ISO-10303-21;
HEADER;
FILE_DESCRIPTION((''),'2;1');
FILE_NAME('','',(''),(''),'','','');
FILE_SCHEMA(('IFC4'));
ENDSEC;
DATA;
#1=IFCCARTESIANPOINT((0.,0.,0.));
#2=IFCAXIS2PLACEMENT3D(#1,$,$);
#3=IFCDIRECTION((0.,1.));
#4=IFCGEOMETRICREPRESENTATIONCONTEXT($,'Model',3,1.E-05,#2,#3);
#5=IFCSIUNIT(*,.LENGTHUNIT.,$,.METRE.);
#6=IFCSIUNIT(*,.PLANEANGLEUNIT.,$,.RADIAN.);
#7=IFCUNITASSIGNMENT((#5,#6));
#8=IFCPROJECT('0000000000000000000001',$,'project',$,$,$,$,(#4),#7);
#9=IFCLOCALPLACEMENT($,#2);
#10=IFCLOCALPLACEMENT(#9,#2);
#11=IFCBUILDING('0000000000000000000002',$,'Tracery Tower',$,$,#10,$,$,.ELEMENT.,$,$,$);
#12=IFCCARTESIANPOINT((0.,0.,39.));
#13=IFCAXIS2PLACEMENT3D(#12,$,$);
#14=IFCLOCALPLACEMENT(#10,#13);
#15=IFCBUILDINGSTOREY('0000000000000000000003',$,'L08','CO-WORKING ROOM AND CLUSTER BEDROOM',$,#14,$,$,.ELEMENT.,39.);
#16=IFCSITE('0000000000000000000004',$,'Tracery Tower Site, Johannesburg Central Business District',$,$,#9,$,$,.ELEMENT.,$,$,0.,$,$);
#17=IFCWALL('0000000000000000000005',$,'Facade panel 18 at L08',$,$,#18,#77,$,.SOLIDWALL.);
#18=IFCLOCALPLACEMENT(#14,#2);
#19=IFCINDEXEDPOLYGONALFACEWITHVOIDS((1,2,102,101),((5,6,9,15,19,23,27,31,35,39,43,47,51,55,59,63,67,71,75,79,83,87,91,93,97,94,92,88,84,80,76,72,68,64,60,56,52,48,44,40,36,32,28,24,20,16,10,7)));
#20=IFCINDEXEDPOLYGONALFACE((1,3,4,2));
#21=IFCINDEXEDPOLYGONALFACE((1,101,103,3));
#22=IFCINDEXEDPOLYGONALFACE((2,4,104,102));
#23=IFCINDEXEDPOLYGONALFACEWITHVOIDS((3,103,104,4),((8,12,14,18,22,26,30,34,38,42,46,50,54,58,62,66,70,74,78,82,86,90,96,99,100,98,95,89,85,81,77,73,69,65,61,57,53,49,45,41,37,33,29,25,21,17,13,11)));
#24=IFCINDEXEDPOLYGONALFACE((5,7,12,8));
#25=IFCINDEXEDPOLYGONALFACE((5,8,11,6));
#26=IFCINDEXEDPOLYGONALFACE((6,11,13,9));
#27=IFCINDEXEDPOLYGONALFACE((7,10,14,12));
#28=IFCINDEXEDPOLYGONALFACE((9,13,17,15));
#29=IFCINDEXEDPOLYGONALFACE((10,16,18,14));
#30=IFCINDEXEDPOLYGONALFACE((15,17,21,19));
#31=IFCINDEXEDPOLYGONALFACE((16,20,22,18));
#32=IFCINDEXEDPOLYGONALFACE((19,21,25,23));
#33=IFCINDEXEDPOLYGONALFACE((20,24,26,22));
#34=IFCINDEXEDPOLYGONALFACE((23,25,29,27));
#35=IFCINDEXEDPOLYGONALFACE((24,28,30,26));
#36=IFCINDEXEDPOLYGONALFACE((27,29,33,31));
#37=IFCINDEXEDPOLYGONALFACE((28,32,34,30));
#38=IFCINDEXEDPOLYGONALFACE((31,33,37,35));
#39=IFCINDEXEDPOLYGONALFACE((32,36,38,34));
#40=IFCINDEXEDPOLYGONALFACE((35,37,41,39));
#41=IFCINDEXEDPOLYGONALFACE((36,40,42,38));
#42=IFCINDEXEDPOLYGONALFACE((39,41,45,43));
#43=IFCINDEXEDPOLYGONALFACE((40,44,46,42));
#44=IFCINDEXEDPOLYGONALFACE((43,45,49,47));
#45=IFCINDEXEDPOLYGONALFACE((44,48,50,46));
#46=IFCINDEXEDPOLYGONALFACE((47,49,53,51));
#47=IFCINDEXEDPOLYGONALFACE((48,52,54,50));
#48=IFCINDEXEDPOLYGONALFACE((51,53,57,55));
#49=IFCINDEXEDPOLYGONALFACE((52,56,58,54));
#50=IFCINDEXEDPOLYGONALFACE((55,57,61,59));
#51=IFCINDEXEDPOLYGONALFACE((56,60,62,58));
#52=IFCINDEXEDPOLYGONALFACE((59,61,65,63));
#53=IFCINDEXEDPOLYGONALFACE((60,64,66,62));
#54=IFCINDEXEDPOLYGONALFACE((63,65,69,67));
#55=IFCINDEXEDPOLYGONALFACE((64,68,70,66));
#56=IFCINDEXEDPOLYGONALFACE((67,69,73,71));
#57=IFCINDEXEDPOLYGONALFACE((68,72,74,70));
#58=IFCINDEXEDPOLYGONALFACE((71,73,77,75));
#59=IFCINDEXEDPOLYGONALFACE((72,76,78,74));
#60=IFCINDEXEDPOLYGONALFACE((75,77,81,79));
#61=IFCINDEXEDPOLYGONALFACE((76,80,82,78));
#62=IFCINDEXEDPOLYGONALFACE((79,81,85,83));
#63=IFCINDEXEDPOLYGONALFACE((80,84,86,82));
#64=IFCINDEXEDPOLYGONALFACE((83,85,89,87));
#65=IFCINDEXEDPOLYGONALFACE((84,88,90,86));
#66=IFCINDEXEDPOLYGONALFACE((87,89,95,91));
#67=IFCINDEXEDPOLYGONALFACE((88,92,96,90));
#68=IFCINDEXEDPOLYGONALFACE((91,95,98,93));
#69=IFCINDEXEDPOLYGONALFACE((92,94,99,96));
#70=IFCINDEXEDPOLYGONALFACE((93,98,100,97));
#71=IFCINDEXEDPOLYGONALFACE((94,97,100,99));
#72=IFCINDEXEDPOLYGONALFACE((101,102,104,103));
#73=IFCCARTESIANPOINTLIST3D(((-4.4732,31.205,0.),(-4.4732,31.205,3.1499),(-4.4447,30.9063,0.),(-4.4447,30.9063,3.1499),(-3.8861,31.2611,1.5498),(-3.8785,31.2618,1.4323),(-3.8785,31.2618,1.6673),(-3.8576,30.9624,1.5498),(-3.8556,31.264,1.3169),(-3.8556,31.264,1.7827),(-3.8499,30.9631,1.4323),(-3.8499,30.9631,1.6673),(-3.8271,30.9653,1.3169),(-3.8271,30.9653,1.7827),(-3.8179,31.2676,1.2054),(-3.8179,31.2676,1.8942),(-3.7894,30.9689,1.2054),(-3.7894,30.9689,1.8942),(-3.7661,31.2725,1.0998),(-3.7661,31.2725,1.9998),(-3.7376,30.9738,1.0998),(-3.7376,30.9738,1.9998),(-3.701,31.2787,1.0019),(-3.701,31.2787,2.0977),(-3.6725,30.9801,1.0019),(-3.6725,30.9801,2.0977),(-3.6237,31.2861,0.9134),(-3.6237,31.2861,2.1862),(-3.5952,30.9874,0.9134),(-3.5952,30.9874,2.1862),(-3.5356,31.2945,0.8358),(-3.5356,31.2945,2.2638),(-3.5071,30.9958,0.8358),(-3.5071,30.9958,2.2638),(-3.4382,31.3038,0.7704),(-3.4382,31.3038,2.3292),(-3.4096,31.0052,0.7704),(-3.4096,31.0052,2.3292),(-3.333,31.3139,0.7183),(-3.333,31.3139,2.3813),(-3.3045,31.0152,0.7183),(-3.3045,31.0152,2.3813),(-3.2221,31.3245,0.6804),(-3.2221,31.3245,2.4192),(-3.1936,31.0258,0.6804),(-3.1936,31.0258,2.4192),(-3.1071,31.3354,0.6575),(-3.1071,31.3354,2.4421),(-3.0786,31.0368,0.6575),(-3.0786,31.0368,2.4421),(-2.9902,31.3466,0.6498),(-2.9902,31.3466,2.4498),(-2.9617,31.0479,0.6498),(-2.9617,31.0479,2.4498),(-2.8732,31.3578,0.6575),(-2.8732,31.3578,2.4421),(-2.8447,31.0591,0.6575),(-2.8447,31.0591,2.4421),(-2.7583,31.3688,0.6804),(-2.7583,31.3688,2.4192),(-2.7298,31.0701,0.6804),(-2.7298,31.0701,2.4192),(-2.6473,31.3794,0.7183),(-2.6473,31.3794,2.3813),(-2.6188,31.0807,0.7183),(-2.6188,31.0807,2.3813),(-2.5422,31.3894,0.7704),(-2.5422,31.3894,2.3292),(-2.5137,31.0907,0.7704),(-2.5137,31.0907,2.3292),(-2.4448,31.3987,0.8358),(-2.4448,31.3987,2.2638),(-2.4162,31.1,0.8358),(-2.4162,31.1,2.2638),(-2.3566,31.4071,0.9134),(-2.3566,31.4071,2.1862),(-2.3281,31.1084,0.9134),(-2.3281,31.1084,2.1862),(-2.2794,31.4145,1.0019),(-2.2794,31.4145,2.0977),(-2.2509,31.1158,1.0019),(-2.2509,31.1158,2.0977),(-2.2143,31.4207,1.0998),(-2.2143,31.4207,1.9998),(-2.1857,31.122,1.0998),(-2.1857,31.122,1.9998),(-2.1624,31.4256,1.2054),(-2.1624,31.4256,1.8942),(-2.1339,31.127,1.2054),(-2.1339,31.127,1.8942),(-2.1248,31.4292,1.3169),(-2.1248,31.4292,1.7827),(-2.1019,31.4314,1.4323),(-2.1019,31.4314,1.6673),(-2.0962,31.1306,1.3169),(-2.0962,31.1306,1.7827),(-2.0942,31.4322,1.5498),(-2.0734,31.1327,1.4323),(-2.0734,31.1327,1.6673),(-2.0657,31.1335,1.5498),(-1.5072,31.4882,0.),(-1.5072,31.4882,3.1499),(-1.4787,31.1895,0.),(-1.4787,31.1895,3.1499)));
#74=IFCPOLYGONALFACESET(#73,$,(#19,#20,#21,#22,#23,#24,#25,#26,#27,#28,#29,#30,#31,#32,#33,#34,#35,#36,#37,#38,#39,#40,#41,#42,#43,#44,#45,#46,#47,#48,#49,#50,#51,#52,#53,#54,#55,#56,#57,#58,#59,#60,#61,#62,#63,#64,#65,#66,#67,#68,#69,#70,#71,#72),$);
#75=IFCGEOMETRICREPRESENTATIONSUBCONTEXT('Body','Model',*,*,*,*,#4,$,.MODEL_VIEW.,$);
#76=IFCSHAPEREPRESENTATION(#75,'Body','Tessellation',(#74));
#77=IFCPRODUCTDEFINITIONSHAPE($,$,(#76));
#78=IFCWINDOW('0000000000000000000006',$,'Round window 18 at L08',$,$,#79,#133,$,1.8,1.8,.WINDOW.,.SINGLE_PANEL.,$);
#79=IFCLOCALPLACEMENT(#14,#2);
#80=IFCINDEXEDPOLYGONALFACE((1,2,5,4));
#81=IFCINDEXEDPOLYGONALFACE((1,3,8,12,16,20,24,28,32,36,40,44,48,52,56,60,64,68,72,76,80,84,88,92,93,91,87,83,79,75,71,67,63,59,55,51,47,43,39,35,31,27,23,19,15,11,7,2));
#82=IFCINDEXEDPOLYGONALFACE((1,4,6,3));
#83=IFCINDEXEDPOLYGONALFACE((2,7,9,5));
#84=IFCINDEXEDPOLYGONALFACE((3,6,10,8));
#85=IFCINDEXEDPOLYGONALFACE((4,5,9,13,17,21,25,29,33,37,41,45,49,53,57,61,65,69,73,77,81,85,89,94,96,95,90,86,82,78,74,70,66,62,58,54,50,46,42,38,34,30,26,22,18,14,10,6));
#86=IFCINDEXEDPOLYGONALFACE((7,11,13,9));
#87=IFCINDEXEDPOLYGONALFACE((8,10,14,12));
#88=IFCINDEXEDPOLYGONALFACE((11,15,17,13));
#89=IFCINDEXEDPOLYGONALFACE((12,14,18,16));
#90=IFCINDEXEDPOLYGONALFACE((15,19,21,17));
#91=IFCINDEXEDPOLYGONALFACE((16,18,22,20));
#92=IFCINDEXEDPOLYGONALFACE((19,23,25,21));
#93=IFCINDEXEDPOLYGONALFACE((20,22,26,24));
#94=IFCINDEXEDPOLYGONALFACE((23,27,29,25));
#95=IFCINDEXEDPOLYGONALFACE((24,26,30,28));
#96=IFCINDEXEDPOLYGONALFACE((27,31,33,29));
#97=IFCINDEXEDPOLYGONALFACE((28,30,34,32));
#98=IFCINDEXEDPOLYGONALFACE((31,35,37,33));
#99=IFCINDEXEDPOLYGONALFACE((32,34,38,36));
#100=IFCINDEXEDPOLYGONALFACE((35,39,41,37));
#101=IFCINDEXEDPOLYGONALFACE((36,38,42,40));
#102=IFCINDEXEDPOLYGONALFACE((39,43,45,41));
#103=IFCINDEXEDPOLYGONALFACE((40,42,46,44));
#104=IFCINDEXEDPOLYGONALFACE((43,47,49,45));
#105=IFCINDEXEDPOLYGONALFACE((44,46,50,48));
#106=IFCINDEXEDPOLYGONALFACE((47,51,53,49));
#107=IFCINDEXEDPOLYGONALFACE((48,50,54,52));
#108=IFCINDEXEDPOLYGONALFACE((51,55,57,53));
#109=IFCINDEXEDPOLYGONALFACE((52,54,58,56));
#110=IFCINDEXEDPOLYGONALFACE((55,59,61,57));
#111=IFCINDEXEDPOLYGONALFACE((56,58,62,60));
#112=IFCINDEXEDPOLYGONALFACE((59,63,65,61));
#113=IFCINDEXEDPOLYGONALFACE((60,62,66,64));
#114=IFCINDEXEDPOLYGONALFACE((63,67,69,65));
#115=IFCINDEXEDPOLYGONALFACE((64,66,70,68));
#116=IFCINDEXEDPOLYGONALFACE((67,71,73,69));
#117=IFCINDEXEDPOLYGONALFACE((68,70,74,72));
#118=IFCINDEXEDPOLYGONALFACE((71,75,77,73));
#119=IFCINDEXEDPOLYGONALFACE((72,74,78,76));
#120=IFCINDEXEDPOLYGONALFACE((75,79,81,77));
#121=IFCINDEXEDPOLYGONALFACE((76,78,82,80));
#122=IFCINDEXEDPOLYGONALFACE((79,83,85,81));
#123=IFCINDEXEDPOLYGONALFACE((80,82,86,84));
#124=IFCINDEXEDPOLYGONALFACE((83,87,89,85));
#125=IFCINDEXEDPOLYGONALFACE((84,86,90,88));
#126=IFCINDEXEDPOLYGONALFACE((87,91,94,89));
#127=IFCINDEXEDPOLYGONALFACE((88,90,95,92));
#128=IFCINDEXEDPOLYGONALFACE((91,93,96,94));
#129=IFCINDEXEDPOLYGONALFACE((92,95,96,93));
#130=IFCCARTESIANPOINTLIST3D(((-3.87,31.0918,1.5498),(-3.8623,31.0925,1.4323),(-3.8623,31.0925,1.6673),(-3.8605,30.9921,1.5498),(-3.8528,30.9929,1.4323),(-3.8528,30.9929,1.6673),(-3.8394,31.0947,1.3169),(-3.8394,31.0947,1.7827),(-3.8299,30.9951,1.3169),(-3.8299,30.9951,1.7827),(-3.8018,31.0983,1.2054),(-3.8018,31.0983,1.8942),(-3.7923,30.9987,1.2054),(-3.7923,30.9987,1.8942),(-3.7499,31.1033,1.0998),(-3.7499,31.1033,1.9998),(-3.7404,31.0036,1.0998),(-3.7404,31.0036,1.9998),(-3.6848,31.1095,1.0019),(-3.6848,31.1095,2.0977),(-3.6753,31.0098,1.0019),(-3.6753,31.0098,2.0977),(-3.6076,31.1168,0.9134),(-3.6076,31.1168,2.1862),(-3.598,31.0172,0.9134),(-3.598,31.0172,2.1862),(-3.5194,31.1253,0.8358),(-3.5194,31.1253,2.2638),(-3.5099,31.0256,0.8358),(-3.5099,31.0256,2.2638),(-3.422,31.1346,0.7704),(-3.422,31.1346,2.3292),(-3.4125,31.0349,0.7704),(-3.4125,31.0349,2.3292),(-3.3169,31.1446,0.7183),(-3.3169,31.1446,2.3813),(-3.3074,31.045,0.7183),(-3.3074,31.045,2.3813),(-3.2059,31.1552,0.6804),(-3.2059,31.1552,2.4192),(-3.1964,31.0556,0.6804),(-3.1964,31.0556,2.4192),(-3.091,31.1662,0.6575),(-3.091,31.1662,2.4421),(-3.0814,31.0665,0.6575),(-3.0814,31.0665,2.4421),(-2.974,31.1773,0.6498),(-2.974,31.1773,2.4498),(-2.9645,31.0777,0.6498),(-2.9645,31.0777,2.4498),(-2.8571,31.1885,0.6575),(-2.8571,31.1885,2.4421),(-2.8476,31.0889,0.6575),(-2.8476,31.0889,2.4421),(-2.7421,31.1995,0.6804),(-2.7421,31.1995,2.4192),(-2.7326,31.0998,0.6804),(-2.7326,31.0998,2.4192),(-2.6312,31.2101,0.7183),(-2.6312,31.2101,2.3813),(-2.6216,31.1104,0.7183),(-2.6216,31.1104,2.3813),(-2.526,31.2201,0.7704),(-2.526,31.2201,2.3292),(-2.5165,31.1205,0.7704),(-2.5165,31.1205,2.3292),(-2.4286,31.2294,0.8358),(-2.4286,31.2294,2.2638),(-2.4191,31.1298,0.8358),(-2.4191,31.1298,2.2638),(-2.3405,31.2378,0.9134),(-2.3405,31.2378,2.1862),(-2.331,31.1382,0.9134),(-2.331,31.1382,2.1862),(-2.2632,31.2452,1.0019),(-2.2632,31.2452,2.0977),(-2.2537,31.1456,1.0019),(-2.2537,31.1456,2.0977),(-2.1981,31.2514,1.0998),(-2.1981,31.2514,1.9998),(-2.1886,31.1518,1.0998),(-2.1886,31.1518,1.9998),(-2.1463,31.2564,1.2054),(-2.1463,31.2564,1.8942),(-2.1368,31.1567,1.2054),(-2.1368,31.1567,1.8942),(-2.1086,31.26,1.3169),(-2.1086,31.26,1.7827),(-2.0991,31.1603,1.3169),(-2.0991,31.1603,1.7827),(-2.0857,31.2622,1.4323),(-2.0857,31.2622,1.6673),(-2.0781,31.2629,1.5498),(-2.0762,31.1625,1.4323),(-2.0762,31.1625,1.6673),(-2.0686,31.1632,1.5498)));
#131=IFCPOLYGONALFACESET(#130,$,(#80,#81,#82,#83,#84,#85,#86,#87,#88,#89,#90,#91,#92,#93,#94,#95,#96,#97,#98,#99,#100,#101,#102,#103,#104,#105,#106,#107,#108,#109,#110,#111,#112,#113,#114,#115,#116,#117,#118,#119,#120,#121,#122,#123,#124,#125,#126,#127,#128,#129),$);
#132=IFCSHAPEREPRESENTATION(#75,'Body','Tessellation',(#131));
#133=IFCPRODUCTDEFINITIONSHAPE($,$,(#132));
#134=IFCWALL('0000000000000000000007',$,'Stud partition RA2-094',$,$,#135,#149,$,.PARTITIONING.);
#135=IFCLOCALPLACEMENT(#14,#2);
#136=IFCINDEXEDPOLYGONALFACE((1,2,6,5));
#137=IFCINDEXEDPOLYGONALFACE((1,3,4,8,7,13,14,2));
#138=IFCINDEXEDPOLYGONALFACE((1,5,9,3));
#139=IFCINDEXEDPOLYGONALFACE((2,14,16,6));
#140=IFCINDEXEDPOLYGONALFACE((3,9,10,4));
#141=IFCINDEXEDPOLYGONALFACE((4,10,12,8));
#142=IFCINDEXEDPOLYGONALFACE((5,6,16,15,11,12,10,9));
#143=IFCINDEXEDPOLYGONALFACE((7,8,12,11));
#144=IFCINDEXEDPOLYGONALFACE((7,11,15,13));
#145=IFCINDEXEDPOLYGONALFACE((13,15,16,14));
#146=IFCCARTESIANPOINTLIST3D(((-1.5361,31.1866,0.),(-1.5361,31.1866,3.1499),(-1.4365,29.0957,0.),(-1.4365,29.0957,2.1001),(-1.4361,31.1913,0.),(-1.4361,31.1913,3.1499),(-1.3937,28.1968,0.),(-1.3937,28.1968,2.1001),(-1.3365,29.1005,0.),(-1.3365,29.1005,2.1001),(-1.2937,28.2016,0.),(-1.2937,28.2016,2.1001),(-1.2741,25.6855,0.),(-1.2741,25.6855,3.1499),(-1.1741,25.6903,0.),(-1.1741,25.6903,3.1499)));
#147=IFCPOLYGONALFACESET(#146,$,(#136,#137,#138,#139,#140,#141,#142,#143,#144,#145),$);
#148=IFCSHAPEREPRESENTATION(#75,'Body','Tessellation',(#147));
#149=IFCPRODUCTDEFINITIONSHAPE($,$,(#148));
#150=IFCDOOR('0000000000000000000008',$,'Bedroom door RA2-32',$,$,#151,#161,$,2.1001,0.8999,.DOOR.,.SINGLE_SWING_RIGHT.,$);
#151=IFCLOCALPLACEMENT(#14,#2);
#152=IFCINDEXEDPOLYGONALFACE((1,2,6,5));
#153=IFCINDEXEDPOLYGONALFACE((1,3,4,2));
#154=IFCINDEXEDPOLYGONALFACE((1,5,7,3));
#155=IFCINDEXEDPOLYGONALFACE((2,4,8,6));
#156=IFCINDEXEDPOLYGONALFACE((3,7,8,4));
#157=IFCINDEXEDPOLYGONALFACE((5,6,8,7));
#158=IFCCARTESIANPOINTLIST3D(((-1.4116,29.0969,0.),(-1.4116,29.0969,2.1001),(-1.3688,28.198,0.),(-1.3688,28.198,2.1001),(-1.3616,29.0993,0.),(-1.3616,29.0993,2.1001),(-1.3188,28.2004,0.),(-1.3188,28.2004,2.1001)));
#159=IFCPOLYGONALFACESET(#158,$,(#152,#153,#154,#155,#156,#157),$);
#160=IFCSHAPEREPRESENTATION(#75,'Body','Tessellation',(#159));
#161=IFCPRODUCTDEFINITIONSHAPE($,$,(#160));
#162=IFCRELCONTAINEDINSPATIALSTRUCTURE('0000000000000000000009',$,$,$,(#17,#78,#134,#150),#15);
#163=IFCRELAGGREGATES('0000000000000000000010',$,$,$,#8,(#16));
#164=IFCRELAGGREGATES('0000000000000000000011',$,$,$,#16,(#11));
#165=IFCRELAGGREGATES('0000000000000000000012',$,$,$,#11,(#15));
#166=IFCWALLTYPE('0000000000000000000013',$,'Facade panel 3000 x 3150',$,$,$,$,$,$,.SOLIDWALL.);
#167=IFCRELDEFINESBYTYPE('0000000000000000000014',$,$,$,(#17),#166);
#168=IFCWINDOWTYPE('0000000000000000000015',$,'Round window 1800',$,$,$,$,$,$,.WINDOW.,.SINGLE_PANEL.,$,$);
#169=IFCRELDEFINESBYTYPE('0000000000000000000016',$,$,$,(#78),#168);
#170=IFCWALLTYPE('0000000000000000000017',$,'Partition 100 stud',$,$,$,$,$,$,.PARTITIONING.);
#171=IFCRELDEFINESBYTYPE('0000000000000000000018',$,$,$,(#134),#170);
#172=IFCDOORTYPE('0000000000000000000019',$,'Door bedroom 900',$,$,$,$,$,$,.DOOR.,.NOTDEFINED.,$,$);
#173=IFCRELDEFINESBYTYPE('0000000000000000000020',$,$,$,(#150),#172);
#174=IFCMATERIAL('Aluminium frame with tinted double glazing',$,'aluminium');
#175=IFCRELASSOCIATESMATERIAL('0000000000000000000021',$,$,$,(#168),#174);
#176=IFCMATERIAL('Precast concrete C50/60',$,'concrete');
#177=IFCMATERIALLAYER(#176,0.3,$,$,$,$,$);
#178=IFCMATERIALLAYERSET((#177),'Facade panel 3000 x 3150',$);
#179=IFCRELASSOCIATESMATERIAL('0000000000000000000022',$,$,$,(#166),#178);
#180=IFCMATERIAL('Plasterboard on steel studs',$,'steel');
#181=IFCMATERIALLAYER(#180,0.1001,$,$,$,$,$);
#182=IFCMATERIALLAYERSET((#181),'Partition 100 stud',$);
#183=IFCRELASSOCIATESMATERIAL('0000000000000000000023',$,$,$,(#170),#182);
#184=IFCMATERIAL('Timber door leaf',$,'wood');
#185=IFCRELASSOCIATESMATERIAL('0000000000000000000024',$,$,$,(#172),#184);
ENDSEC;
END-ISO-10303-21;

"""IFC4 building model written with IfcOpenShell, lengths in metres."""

from ifc_helpers import new_model, si_unit, direction, frame, frame_2d, origin, origin_2d, place, context, subcontext, project, spatial, rectangle, circle, extrude, material, layer, layer_set, type_object, element, fill, save


model = new_model("IFC4")

# Units and contexts
model_context = context("Model", 3, precision=1e-05, world=origin(), true_north=direction((0.0, 1.0)))
body_context = subcontext(model_context, "Body", "Model", "MODEL_VIEW")
ifc_project = project(units=[si_unit("LENGTHUNIT", "METRE"), si_unit("PLANEANGLEUNIT", "RADIAN")], contexts=[model_context])

# Site, building, storey
site_placement = place(None, origin())
site = spatial("IfcSite", under=ifc_project, at=site_placement, Name="Tracery Tower Site, Johannesburg Central Business District", CompositionType="ELEMENT", RefElevation=0.0)
building_placement = place(site_placement, origin())
building = spatial("IfcBuilding", under=site, at=building_placement, Name="Tracery Tower", CompositionType="ELEMENT")
storey_placement = place(building_placement, frame((0.0, 0.0, 39.0)))
storey = spatial("IfcBuildingStorey", under=building, at=storey_placement, Name="L08", Description="CO-WORKING ROOM AND CLUSTER BEDROOM", CompositionType="ELEMENT", Elevation=39.0)

# Wall, opening, window
ifc_material_1 = material(Name="Aluminium frame with tinted double glazing", Category="aluminium")
window_type = type_object("IfcWindowType", Name="Round window 1800", PartitioningType="SINGLE_PANEL", PredefinedType="WINDOW", material=ifc_material_1)
ifc_material_2 = material(Name="Precast concrete C50/60", Category="concrete")
ifc_layer_1 = layer(ifc_material_2, 0.3)
ifc_layer_set_1 = layer_set([ifc_layer_1], Name="Facade panel 3000 x 3150")
wall_type_1 = type_object("IfcWallType", Name="Facade panel 3000 x 3150", PredefinedType="SOLIDWALL", material=ifc_layer_set_1)
wall_1_placement = place(storey_placement, frame((-1.4929, 31.3389, 0.0), z_axis=(0.0, 0.0, 1.0), x_axis=(-0.995473, -0.095049, 0.0)))
wall_1 = element("IfcWall", 1, at=wall_1_placement, inside=storey, type_object=wall_type_1, Name="Facade panel 18 at L08", PredefinedType="SOLIDWALL", context=body_context, shape_type="SweptSolid", body=[
    extrude(rectangle(XDim=2.9795, YDim=0.3, at=frame_2d((1.4897, 0.0))), origin(), (0.0, 0.0, 1.0), 3.1499),
])
opening_1_placement = place(wall_1_placement, frame((1.4897, 0.0, 1.5498)))
opening_1 = element("IfcOpeningElement", 2, at=opening_1_placement, cuts=wall_1, PredefinedType="OPENING", context=body_context, shape_type="SweptSolid", body=[
    extrude(circle(Radius=0.9, at=origin_2d()), frame((0.0, 0.1599, 0.0), z_axis=(0.0, -1.0, 0.0), x_axis=(1.0, 0.0, 0.0)), (0.0, 0.0, 1.0), 0.3201),
])
window_1_placement = place(opening_1_placement, origin())
window_1 = element("IfcWindow", 3, at=window_1_placement, inside=storey, type_object=window_type, Name="Round window 18 at L08", OverallHeight=1.8, OverallWidth=1.8, PartitioningType="SINGLE_PANEL", PredefinedType="WINDOW", context=body_context, shape_type="SweptSolid", body=[
    extrude(circle(Radius=0.9, at=origin_2d()), frame((0.0, 0.1201, 0.0), z_axis=(0.0, -1.0, 0.0), x_axis=(1.0, 0.0, 0.0)), (0.0, 0.0, 1.0), 0.1001),
])
fill(opening_1, window_1)

# Wall, opening, door
ifc_material_3 = material(Name="Plasterboard on steel studs", Category="steel")
ifc_layer_2 = layer(ifc_material_3, 0.1001)
ifc_layer_set_2 = layer_set([ifc_layer_2], Name="Partition 100 stud")
wall_type_2 = type_object("IfcWallType", Name="Partition 100 stud", PredefinedType="PARTITIONING", material=ifc_layer_set_2)
wall_2_placement = place(storey_placement, frame((-1.4861, 31.189, 0.0), z_axis=(0.0, 0.0, 1.0), x_axis=(0.047567, -0.998868, 0.0)))
wall_2 = element("IfcWall", 4, at=wall_2_placement, inside=storey, type_object=wall_type_2, Name="Stud partition RA2-094", PredefinedType="PARTITIONING", context=body_context, shape_type="SweptSolid", body=[
    extrude(rectangle(XDim=5.5073, YDim=0.1001, at=frame_2d((2.7537, 0.0))), origin(), (0.0, 0.0, 1.0), 3.1499),
])
opening_2_placement = place(wall_2_placement, frame((2.0933, 0.0, 0.0)))
opening_2 = element("IfcOpeningElement", 5, at=opening_2_placement, cuts=wall_2, PredefinedType="OPENING", context=body_context, shape_type="SweptSolid", body=[
    extrude(rectangle(XDim=0.8999, YDim=2.1001, at=frame_2d((0.45, 1.05))), frame((0.0, 0.05, 0.0), z_axis=(0.0, -1.0, 0.0), x_axis=(1.0, 0.0, 0.0)), (0.0, 0.0, 1.0), 0.1001),
])
ifc_material_4 = material(Name="Timber door leaf", Category="wood")
door_type_1 = type_object("IfcDoorType", Name="Door bedroom 900", OperationType="NOTDEFINED", PredefinedType="DOOR", material=ifc_material_4)
door_1_placement = place(opening_2_placement, origin())
door_1 = element("IfcDoor", 6, at=door_1_placement, inside=storey, type_object=door_type_1, Name="Bedroom door RA2-32", OperationType="SINGLE_SWING_RIGHT", OverallHeight=2.1001, OverallWidth=0.8999, PredefinedType="DOOR", context=body_context, shape_type="SweptSolid", body=[
    extrude(rectangle(XDim=0.8999, YDim=2.1001, at=frame_2d((0.45, 1.05))), frame((0.0, 0.0249, 0.0), z_axis=(0.0, -1.0, 0.0), x_axis=(1.0, 0.0, 0.0)), (0.0, 0.0, 1.0), 0.05),
])
fill(opening_2, door_1)

save(model, "model.ifc")
